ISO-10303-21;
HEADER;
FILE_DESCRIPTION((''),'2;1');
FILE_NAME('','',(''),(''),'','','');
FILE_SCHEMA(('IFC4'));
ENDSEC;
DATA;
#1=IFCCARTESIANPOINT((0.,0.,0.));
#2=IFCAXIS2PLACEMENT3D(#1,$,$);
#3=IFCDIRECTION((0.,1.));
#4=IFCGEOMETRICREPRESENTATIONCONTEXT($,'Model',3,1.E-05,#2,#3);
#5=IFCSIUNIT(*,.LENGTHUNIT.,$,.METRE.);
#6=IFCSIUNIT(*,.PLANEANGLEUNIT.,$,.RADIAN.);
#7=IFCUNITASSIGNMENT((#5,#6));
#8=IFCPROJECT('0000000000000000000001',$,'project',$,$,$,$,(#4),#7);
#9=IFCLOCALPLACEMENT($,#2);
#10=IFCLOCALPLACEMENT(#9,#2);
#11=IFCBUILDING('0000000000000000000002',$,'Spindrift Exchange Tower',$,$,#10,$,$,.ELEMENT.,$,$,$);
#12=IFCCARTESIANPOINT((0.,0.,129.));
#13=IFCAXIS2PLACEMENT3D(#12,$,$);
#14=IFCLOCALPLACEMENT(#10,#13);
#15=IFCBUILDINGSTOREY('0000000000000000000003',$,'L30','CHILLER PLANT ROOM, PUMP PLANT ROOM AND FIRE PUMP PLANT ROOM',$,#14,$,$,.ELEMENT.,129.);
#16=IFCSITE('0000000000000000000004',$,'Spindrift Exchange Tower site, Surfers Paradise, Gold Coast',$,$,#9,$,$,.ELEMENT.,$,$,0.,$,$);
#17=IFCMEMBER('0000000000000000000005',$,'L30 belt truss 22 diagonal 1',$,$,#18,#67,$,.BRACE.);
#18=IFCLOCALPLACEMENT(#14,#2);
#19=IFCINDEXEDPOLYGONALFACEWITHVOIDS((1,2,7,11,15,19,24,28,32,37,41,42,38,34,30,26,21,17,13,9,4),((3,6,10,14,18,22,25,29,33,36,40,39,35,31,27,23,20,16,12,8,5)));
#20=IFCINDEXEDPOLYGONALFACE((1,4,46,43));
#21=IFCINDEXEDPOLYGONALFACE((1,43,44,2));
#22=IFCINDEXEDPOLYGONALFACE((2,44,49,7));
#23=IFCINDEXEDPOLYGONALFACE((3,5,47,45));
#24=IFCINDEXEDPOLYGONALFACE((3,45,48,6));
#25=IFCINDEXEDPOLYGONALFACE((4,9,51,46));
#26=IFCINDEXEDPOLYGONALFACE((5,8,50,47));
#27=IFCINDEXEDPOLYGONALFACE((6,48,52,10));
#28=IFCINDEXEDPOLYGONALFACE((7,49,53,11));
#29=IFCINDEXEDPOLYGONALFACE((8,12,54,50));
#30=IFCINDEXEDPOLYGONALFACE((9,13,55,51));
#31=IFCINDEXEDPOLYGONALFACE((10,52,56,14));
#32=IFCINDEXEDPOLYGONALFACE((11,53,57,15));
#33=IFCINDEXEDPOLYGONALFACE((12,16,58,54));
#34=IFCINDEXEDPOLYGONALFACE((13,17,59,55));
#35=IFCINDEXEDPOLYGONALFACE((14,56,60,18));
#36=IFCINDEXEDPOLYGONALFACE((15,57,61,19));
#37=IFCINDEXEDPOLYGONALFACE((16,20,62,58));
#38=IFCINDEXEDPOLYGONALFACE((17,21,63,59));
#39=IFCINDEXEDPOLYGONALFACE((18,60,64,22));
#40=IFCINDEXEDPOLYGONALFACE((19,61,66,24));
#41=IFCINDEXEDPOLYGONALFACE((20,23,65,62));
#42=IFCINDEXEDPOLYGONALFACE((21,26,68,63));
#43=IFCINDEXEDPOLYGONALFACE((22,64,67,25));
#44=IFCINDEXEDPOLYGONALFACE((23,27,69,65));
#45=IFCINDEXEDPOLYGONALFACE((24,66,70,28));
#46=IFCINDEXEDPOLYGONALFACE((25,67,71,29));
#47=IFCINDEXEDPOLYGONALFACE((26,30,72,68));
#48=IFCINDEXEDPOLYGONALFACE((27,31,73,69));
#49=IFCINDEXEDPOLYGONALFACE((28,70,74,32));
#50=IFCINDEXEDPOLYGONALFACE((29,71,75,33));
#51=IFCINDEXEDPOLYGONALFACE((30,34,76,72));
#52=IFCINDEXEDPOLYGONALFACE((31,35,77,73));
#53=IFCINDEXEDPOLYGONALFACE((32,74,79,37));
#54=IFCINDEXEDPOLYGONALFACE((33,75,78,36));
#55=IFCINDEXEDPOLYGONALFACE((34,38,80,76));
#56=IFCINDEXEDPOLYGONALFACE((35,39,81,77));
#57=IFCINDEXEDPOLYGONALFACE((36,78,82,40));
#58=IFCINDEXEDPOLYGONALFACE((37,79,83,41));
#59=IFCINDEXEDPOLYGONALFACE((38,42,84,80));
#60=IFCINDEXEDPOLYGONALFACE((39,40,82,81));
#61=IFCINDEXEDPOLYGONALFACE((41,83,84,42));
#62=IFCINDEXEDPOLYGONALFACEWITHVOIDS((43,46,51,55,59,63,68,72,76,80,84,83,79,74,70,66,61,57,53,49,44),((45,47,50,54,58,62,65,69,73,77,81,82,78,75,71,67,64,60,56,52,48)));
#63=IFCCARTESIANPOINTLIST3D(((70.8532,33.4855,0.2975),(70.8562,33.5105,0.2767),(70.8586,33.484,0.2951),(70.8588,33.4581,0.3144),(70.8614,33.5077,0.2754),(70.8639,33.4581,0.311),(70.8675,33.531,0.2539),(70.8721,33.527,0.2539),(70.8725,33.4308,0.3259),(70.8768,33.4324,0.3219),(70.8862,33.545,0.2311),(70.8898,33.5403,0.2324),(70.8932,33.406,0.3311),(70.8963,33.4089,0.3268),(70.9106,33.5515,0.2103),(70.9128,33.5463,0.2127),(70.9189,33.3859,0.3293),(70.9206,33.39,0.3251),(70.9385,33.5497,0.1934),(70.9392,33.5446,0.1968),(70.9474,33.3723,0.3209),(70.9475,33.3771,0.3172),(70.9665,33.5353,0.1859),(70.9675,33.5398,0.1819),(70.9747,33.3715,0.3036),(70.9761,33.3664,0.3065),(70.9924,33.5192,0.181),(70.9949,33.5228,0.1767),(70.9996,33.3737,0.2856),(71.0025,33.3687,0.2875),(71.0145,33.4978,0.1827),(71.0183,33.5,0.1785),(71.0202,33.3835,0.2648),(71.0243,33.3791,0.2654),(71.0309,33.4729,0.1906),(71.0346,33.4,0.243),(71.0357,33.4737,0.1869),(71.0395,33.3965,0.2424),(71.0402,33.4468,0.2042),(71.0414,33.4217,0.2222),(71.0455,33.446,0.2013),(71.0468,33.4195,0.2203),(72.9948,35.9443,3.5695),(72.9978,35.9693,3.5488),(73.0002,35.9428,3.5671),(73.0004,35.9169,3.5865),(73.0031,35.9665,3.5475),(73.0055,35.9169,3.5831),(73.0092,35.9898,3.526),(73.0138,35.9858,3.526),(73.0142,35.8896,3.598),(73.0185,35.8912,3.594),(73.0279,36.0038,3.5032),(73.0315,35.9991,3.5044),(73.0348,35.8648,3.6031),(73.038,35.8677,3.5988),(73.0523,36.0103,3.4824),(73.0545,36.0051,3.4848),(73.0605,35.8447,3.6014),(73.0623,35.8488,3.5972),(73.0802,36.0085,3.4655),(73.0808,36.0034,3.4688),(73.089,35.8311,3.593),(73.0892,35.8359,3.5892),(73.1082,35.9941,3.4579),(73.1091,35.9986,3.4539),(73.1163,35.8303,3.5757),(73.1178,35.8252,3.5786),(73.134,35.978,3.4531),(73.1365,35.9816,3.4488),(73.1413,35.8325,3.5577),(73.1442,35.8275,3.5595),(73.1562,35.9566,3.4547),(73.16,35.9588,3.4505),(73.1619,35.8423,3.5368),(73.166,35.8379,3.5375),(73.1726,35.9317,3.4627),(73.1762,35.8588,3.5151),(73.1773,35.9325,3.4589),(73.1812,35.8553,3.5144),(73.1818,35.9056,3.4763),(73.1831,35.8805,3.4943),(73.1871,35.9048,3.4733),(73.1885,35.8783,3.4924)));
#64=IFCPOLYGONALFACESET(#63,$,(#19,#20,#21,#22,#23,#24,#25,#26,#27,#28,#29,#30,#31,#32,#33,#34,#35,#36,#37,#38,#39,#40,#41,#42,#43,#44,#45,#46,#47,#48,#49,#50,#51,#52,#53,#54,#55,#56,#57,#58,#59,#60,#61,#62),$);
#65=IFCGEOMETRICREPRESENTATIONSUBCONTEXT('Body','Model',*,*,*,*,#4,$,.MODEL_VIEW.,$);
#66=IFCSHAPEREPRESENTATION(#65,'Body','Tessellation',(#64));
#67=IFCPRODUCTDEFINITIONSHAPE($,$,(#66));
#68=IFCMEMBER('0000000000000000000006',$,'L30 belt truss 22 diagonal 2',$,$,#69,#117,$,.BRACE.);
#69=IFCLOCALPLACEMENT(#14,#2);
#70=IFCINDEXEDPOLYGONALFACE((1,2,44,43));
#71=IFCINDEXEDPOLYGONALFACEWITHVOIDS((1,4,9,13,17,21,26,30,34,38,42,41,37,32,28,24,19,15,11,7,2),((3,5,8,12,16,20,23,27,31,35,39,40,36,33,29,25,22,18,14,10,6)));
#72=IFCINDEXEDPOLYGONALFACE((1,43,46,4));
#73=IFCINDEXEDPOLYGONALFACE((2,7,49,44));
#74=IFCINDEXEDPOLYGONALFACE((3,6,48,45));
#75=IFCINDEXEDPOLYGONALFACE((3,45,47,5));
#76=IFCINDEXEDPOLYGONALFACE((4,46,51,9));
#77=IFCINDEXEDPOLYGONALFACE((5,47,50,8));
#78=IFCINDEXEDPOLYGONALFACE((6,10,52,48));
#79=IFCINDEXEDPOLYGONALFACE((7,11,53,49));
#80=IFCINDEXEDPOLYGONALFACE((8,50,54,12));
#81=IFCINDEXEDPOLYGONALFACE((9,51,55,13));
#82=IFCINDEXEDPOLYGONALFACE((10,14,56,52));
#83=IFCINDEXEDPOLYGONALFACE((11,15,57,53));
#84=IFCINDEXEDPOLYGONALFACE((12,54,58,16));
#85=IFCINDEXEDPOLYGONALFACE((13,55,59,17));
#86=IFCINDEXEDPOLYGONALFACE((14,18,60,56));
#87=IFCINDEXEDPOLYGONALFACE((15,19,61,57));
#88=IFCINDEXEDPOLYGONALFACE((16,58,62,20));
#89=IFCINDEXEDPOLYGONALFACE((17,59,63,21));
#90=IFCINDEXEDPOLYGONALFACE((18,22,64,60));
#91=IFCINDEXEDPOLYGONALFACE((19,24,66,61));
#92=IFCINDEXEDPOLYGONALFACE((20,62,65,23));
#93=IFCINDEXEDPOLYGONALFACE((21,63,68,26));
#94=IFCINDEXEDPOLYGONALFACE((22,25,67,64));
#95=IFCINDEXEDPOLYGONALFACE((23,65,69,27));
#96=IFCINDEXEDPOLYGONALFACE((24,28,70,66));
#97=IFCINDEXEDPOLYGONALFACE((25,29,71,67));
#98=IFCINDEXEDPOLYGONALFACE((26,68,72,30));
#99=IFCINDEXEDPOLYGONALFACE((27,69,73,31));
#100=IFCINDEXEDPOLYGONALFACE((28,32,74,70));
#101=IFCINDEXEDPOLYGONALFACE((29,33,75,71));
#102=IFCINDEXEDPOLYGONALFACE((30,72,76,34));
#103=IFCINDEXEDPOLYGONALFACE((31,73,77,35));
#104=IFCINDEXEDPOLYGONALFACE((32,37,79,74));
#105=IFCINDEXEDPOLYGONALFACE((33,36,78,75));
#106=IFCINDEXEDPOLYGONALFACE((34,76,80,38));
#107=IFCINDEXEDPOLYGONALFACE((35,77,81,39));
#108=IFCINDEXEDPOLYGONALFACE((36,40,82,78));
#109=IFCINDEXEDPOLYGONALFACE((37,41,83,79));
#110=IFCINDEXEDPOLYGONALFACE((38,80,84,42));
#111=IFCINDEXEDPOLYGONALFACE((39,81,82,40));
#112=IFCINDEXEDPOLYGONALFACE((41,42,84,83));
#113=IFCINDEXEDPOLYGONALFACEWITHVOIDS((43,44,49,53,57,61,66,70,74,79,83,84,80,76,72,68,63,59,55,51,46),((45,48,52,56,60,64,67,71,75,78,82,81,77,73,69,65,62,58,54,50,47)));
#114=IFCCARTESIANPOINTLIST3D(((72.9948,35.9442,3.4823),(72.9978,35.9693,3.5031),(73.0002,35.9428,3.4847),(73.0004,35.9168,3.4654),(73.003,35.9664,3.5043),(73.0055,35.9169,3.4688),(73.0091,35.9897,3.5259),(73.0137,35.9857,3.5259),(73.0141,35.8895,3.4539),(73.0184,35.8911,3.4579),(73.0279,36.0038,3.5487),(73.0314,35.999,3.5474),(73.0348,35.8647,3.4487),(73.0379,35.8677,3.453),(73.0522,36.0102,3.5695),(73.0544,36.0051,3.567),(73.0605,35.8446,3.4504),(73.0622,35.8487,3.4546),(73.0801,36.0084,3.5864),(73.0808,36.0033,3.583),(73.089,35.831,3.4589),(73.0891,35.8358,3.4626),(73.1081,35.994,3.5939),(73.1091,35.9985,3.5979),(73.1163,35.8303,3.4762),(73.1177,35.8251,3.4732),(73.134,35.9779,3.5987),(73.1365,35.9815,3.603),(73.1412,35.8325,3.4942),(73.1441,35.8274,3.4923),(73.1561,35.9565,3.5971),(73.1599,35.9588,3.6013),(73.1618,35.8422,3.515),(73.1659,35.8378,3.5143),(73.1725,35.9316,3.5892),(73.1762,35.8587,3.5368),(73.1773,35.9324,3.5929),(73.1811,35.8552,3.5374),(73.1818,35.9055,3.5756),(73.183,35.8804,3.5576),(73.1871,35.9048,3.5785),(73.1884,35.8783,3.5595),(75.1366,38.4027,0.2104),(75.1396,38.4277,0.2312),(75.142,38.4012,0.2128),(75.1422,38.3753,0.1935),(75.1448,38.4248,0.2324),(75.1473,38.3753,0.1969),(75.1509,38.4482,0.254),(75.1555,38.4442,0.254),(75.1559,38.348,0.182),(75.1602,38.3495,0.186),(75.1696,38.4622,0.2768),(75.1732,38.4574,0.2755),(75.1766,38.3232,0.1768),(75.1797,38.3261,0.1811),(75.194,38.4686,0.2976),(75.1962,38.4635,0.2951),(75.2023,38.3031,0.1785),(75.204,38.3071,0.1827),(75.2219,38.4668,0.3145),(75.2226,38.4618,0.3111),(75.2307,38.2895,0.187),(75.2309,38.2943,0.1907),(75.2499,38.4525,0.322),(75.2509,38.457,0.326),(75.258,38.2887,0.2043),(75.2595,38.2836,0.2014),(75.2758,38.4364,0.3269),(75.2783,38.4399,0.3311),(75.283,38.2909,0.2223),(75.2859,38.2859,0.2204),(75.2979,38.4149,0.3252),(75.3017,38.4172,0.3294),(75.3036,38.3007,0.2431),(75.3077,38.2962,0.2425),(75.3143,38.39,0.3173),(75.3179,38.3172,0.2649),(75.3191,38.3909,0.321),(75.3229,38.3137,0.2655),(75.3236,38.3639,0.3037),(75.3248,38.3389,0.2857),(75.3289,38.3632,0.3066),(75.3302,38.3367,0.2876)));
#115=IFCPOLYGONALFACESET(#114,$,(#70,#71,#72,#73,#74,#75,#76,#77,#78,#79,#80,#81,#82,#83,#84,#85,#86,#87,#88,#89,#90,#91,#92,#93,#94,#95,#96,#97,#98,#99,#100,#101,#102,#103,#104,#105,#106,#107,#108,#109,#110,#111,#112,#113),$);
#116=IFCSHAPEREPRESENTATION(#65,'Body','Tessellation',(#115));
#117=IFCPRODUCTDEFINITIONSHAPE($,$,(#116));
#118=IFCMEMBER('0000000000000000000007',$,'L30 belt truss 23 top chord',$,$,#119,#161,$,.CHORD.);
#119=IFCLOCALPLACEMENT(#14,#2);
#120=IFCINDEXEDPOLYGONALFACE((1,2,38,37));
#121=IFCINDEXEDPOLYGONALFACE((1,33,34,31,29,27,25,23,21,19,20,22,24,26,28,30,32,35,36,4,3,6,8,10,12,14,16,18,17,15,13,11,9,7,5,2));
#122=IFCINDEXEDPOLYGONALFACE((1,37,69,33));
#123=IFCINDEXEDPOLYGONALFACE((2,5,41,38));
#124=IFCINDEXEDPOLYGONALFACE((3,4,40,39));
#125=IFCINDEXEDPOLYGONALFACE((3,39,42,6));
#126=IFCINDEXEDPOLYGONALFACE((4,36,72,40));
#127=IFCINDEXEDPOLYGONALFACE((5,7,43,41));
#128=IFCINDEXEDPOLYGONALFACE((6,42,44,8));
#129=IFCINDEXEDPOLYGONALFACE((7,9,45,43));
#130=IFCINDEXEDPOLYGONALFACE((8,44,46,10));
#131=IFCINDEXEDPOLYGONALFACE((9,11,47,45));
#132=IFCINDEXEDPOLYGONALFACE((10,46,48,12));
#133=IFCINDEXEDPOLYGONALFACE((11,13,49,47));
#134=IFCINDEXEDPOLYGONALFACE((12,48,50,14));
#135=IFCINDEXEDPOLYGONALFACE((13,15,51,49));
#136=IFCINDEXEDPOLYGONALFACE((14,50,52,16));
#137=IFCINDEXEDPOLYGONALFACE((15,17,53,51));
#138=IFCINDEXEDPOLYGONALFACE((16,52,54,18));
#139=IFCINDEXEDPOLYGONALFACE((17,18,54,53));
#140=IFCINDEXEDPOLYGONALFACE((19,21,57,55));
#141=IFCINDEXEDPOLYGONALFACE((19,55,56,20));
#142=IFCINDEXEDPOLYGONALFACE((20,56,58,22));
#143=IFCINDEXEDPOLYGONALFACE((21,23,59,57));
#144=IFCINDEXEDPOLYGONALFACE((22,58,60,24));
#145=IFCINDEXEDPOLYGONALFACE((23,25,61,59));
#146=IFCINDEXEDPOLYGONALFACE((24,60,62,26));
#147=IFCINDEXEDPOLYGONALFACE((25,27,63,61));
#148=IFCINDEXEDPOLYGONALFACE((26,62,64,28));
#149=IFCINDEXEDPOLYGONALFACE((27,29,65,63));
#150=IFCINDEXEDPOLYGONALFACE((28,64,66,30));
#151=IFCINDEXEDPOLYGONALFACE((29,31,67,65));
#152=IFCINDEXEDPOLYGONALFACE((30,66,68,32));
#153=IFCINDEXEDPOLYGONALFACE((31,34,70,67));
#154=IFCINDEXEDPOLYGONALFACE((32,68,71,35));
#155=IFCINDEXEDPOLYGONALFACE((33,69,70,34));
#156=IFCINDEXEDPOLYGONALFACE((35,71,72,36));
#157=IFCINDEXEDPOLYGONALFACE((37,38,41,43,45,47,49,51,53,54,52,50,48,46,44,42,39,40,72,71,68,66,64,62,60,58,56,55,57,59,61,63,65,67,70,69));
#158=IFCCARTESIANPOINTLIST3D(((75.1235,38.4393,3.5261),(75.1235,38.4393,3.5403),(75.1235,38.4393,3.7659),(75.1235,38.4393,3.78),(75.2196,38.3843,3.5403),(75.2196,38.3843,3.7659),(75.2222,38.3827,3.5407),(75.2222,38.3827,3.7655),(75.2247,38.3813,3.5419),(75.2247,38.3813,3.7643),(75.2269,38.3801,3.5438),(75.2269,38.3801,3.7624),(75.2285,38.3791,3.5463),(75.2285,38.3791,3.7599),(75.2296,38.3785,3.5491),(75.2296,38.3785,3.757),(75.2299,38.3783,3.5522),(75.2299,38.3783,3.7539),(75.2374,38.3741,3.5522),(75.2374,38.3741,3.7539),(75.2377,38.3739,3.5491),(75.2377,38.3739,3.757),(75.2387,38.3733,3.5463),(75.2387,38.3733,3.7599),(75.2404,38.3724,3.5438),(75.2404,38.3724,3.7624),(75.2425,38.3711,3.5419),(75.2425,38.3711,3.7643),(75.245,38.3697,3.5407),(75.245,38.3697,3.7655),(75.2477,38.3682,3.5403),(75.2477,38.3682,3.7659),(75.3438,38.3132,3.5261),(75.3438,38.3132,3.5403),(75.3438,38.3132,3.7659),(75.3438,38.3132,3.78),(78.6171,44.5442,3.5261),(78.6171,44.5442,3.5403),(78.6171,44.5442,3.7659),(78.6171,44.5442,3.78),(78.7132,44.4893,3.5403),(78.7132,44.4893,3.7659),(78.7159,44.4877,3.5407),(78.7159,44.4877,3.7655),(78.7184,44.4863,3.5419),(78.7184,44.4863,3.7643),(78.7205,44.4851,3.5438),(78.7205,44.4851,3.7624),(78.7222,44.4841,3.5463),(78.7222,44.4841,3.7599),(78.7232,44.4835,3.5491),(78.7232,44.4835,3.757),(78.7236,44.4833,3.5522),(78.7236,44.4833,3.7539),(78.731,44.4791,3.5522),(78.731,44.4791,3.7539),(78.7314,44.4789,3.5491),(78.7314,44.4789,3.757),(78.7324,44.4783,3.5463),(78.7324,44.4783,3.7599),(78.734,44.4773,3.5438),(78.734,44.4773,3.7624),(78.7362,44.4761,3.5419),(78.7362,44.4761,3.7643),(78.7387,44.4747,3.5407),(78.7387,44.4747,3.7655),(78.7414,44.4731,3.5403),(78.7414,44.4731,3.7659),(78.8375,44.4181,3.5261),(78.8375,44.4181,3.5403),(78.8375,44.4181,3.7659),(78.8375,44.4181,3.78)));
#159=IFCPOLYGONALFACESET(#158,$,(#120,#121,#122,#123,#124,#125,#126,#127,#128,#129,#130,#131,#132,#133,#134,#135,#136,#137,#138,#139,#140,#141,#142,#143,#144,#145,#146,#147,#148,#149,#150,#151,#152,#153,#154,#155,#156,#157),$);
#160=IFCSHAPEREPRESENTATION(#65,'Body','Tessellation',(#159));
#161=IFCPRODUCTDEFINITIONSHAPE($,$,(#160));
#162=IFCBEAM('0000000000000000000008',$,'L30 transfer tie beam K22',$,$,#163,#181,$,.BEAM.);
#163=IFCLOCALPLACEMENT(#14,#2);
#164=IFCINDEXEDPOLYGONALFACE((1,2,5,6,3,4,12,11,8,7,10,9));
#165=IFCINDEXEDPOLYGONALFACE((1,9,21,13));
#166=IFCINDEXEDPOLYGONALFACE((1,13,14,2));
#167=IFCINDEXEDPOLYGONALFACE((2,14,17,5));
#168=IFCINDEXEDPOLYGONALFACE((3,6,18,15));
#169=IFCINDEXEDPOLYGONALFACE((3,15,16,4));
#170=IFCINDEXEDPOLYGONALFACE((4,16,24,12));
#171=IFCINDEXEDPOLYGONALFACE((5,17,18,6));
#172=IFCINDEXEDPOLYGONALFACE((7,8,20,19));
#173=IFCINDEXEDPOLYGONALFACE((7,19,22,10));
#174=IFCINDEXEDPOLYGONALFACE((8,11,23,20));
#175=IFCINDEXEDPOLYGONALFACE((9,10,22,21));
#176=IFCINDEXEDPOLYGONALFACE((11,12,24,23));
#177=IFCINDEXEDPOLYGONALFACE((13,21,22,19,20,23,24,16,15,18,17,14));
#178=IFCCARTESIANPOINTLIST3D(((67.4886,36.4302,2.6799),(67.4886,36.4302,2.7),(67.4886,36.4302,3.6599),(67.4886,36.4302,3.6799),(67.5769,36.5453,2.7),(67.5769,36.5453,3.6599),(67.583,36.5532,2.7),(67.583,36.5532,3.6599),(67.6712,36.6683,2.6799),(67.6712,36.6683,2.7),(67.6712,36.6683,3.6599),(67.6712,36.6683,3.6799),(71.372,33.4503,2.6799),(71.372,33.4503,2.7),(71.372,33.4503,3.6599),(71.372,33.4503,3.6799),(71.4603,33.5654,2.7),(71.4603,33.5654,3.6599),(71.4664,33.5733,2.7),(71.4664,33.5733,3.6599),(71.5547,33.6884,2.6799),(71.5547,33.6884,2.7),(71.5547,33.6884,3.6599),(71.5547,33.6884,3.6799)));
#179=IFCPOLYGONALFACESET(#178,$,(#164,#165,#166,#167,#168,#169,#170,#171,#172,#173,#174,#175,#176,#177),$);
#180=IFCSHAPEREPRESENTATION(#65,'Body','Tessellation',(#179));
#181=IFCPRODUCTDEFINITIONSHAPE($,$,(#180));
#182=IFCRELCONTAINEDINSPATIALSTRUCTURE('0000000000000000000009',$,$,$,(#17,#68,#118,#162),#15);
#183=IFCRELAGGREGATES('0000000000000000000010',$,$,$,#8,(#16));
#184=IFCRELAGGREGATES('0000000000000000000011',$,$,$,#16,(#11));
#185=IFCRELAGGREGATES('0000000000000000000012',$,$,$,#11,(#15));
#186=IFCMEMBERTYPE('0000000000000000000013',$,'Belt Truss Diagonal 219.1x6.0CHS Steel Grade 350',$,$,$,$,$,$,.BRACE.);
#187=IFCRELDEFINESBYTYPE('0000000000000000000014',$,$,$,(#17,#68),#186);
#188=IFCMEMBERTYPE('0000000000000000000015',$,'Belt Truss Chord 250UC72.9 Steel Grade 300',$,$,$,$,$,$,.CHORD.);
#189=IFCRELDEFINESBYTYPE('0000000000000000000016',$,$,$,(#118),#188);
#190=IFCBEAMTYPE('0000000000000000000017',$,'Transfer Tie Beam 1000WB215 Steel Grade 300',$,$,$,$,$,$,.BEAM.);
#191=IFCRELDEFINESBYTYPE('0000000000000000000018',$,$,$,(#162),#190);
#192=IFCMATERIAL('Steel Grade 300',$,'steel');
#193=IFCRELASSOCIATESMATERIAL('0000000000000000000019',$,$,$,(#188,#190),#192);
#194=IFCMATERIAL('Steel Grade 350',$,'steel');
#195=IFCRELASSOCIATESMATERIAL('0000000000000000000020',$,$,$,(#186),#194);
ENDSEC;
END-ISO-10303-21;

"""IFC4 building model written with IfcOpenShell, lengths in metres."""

from ifc_helpers import new_model, si_unit, direction, frame, origin, origin_2d, place, context, subcontext, project, spatial, hollow_circle, i_section, extrude, source, transform, mapped, material, material_profile, profile_set, type_object, element, save


model = new_model("IFC4")

# Units and contexts
model_context = context("Model", 3, precision=1e-05, world=origin(), true_north=direction((0.0, 1.0)))
body_context = subcontext(model_context, "Body", "Model", "MODEL_VIEW")
ifc_project = project(units=[si_unit("LENGTHUNIT", "METRE"), si_unit("PLANEANGLEUNIT", "RADIAN")], contexts=[model_context])

# Site, building, storey
site_placement = place(None, origin())
site = spatial("IfcSite", under=ifc_project, at=site_placement, Name="Spindrift Exchange Tower site, Surfers Paradise, Gold Coast", CompositionType="ELEMENT", RefElevation=0.0)
building_placement = place(site_placement, origin())
building = spatial("IfcBuilding", under=site, at=building_placement, Name="Spindrift Exchange Tower", CompositionType="ELEMENT")
storey_placement = place(building_placement, frame((0.0, 0.0, 129.0)))
storey = spatial("IfcBuildingStorey", under=building, at=storey_placement, Name="L30", Description="CHILLER PLANT ROOM, PUMP PLANT ROOM AND FIRE PUMP PLANT ROOM", CompositionType="ELEMENT", Elevation=129.0)

# Members
ifc_material_1 = material(Name="Steel Grade 300", Category="steel")
ifc_material_profile_1 = material_profile(ifc_material_1, i_section(OverallWidth=0.2539, OverallDepth=0.2539, WebThickness=0.0085, FlangeThickness=0.0142, FilletRadius=0.012, at=origin_2d()), Name="250UC72.9")
ifc_profile_set_1 = profile_set([ifc_material_profile_1], Name="Steel Grade 300")
member_type_1 = type_object("IfcMemberType", Name="Belt Truss Chord 250UC72.9 Steel Grade 300", PredefinedType="CHORD", material=ifc_profile_set_1)
ifc_material_2 = material(Name="Steel Grade 350", Category="steel")
ifc_material_profile_2 = material_profile(ifc_material_2, hollow_circle(Radius=0.1096, WallThickness=0.0061, at=origin_2d()), Name="219.1x6.0CHS")
ifc_profile_set_2 = profile_set([ifc_material_profile_2], Name="Steel Grade 350")
member_type_2 = type_object("IfcMemberType", Name="Belt Truss Diagonal 219.1x6.0CHS Steel Grade 350", PredefinedType="BRACE", material=ifc_profile_set_2)
shared_shape_1 = source(origin(), body_context, "Body", "SweptSolid", [
    extrude(hollow_circle(Radius=0.1096, WallThickness=0.0061, at=origin_2d()), origin(), (0.0, 0.0, 1.0), 4.6194),
])
member_1_placement = place(storey_placement, frame((70.9502, 33.459, 0.2539), z_axis=(0.463623, 0.532279, 0.708331), x_axis=(-0.754064, 0.656801, 0.0)))
element("IfcMember", 1, at=member_1_placement, inside=storey, type_object=member_type_2, Name="L30 belt truss 22 diagonal 1", PredefinedType="BRACE", context=body_context, shape_type="MappedRepresentation", body=[
    mapped(shared_shape_1, transform((0.0, 0.0, 0.0), scale=1.0)),
])
shared_shape_2 = source(origin(), body_context, "Body", "SweptSolid", [
    extrude(hollow_circle(Radius=0.1096, WallThickness=0.0061, at=origin_2d()), origin(), (0.0, 0.0, 1.0), 4.6191),
])
member_2_placement = place(storey_placement, frame((73.0918, 35.9177, 3.5259), z_axis=(0.463678, 0.532228, -0.708334), x_axis=(-0.753994, 0.656881, 0.0)))
element("IfcMember", 2, at=member_2_placement, inside=storey, type_object=member_type_2, Name="L30 belt truss 22 diagonal 2", PredefinedType="BRACE", context=body_context, shape_type="MappedRepresentation", body=[
    mapped(shared_shape_2, transform((0.0, 0.0, 0.0), scale=1.0)),
])
shared_shape_3 = source(origin(), body_context, "Body", "SweptSolid", [
    extrude(i_section(OverallWidth=0.2539, OverallDepth=0.2539, WebThickness=0.0085, FlangeThickness=0.0142, FilletRadius=0.012, at=origin_2d()), origin(), (0.0, 0.0, 1.0), 7.0339),
])
member_3_placement = place(storey_placement, frame((75.2336, 38.3762, 3.6531), z_axis=(0.496685, 0.867931, 0.0), x_axis=(-0.867931, 0.496685, 0.0)))
element("IfcMember", 3, at=member_3_placement, inside=storey, type_object=member_type_1, Name="L30 belt truss 23 top chord", PredefinedType="CHORD", context=body_context, shape_type="MappedRepresentation", body=[
    mapped(shared_shape_3, transform((0.0, 0.0, 0.0), scale=1.0)),
])

# Beam
ifc_material_profile_3 = material_profile(ifc_material_1, i_section(OverallWidth=0.3, OverallDepth=1.0, WebThickness=0.01, FlangeThickness=0.02, at=origin_2d()), Name="1000WB215")
ifc_profile_set_3 = profile_set([ifc_material_profile_3], Name="Steel Grade 300")
beam_type = type_object("IfcBeamType", Name="Transfer Tie Beam 1000WB215 Steel Grade 300", PredefinedType="BEAM", material=ifc_profile_set_3)
shared_shape_4 = source(origin(), body_context, "Body", "SweptSolid", [
    extrude(i_section(OverallWidth=0.3, OverallDepth=1.0, WebThickness=0.01, FlangeThickness=0.02, at=origin_2d()), origin(), (0.0, 0.0, 1.0), 4.895),
])
beam_placement = place(storey_placement, frame((71.4634, 33.5693, 3.1799), z_axis=(-0.79335, 0.608765, 0.0), x_axis=(-0.608765, -0.79335, 0.0)))
element("IfcBeam", 4, at=beam_placement, inside=storey, type_object=beam_type, Name="L30 transfer tie beam K22", PredefinedType="BEAM", context=body_context, shape_type="MappedRepresentation", body=[
    mapped(shared_shape_4, transform((0.0, 0.0, 0.0), scale=1.0)),
])

save(model, "model.ifc")
